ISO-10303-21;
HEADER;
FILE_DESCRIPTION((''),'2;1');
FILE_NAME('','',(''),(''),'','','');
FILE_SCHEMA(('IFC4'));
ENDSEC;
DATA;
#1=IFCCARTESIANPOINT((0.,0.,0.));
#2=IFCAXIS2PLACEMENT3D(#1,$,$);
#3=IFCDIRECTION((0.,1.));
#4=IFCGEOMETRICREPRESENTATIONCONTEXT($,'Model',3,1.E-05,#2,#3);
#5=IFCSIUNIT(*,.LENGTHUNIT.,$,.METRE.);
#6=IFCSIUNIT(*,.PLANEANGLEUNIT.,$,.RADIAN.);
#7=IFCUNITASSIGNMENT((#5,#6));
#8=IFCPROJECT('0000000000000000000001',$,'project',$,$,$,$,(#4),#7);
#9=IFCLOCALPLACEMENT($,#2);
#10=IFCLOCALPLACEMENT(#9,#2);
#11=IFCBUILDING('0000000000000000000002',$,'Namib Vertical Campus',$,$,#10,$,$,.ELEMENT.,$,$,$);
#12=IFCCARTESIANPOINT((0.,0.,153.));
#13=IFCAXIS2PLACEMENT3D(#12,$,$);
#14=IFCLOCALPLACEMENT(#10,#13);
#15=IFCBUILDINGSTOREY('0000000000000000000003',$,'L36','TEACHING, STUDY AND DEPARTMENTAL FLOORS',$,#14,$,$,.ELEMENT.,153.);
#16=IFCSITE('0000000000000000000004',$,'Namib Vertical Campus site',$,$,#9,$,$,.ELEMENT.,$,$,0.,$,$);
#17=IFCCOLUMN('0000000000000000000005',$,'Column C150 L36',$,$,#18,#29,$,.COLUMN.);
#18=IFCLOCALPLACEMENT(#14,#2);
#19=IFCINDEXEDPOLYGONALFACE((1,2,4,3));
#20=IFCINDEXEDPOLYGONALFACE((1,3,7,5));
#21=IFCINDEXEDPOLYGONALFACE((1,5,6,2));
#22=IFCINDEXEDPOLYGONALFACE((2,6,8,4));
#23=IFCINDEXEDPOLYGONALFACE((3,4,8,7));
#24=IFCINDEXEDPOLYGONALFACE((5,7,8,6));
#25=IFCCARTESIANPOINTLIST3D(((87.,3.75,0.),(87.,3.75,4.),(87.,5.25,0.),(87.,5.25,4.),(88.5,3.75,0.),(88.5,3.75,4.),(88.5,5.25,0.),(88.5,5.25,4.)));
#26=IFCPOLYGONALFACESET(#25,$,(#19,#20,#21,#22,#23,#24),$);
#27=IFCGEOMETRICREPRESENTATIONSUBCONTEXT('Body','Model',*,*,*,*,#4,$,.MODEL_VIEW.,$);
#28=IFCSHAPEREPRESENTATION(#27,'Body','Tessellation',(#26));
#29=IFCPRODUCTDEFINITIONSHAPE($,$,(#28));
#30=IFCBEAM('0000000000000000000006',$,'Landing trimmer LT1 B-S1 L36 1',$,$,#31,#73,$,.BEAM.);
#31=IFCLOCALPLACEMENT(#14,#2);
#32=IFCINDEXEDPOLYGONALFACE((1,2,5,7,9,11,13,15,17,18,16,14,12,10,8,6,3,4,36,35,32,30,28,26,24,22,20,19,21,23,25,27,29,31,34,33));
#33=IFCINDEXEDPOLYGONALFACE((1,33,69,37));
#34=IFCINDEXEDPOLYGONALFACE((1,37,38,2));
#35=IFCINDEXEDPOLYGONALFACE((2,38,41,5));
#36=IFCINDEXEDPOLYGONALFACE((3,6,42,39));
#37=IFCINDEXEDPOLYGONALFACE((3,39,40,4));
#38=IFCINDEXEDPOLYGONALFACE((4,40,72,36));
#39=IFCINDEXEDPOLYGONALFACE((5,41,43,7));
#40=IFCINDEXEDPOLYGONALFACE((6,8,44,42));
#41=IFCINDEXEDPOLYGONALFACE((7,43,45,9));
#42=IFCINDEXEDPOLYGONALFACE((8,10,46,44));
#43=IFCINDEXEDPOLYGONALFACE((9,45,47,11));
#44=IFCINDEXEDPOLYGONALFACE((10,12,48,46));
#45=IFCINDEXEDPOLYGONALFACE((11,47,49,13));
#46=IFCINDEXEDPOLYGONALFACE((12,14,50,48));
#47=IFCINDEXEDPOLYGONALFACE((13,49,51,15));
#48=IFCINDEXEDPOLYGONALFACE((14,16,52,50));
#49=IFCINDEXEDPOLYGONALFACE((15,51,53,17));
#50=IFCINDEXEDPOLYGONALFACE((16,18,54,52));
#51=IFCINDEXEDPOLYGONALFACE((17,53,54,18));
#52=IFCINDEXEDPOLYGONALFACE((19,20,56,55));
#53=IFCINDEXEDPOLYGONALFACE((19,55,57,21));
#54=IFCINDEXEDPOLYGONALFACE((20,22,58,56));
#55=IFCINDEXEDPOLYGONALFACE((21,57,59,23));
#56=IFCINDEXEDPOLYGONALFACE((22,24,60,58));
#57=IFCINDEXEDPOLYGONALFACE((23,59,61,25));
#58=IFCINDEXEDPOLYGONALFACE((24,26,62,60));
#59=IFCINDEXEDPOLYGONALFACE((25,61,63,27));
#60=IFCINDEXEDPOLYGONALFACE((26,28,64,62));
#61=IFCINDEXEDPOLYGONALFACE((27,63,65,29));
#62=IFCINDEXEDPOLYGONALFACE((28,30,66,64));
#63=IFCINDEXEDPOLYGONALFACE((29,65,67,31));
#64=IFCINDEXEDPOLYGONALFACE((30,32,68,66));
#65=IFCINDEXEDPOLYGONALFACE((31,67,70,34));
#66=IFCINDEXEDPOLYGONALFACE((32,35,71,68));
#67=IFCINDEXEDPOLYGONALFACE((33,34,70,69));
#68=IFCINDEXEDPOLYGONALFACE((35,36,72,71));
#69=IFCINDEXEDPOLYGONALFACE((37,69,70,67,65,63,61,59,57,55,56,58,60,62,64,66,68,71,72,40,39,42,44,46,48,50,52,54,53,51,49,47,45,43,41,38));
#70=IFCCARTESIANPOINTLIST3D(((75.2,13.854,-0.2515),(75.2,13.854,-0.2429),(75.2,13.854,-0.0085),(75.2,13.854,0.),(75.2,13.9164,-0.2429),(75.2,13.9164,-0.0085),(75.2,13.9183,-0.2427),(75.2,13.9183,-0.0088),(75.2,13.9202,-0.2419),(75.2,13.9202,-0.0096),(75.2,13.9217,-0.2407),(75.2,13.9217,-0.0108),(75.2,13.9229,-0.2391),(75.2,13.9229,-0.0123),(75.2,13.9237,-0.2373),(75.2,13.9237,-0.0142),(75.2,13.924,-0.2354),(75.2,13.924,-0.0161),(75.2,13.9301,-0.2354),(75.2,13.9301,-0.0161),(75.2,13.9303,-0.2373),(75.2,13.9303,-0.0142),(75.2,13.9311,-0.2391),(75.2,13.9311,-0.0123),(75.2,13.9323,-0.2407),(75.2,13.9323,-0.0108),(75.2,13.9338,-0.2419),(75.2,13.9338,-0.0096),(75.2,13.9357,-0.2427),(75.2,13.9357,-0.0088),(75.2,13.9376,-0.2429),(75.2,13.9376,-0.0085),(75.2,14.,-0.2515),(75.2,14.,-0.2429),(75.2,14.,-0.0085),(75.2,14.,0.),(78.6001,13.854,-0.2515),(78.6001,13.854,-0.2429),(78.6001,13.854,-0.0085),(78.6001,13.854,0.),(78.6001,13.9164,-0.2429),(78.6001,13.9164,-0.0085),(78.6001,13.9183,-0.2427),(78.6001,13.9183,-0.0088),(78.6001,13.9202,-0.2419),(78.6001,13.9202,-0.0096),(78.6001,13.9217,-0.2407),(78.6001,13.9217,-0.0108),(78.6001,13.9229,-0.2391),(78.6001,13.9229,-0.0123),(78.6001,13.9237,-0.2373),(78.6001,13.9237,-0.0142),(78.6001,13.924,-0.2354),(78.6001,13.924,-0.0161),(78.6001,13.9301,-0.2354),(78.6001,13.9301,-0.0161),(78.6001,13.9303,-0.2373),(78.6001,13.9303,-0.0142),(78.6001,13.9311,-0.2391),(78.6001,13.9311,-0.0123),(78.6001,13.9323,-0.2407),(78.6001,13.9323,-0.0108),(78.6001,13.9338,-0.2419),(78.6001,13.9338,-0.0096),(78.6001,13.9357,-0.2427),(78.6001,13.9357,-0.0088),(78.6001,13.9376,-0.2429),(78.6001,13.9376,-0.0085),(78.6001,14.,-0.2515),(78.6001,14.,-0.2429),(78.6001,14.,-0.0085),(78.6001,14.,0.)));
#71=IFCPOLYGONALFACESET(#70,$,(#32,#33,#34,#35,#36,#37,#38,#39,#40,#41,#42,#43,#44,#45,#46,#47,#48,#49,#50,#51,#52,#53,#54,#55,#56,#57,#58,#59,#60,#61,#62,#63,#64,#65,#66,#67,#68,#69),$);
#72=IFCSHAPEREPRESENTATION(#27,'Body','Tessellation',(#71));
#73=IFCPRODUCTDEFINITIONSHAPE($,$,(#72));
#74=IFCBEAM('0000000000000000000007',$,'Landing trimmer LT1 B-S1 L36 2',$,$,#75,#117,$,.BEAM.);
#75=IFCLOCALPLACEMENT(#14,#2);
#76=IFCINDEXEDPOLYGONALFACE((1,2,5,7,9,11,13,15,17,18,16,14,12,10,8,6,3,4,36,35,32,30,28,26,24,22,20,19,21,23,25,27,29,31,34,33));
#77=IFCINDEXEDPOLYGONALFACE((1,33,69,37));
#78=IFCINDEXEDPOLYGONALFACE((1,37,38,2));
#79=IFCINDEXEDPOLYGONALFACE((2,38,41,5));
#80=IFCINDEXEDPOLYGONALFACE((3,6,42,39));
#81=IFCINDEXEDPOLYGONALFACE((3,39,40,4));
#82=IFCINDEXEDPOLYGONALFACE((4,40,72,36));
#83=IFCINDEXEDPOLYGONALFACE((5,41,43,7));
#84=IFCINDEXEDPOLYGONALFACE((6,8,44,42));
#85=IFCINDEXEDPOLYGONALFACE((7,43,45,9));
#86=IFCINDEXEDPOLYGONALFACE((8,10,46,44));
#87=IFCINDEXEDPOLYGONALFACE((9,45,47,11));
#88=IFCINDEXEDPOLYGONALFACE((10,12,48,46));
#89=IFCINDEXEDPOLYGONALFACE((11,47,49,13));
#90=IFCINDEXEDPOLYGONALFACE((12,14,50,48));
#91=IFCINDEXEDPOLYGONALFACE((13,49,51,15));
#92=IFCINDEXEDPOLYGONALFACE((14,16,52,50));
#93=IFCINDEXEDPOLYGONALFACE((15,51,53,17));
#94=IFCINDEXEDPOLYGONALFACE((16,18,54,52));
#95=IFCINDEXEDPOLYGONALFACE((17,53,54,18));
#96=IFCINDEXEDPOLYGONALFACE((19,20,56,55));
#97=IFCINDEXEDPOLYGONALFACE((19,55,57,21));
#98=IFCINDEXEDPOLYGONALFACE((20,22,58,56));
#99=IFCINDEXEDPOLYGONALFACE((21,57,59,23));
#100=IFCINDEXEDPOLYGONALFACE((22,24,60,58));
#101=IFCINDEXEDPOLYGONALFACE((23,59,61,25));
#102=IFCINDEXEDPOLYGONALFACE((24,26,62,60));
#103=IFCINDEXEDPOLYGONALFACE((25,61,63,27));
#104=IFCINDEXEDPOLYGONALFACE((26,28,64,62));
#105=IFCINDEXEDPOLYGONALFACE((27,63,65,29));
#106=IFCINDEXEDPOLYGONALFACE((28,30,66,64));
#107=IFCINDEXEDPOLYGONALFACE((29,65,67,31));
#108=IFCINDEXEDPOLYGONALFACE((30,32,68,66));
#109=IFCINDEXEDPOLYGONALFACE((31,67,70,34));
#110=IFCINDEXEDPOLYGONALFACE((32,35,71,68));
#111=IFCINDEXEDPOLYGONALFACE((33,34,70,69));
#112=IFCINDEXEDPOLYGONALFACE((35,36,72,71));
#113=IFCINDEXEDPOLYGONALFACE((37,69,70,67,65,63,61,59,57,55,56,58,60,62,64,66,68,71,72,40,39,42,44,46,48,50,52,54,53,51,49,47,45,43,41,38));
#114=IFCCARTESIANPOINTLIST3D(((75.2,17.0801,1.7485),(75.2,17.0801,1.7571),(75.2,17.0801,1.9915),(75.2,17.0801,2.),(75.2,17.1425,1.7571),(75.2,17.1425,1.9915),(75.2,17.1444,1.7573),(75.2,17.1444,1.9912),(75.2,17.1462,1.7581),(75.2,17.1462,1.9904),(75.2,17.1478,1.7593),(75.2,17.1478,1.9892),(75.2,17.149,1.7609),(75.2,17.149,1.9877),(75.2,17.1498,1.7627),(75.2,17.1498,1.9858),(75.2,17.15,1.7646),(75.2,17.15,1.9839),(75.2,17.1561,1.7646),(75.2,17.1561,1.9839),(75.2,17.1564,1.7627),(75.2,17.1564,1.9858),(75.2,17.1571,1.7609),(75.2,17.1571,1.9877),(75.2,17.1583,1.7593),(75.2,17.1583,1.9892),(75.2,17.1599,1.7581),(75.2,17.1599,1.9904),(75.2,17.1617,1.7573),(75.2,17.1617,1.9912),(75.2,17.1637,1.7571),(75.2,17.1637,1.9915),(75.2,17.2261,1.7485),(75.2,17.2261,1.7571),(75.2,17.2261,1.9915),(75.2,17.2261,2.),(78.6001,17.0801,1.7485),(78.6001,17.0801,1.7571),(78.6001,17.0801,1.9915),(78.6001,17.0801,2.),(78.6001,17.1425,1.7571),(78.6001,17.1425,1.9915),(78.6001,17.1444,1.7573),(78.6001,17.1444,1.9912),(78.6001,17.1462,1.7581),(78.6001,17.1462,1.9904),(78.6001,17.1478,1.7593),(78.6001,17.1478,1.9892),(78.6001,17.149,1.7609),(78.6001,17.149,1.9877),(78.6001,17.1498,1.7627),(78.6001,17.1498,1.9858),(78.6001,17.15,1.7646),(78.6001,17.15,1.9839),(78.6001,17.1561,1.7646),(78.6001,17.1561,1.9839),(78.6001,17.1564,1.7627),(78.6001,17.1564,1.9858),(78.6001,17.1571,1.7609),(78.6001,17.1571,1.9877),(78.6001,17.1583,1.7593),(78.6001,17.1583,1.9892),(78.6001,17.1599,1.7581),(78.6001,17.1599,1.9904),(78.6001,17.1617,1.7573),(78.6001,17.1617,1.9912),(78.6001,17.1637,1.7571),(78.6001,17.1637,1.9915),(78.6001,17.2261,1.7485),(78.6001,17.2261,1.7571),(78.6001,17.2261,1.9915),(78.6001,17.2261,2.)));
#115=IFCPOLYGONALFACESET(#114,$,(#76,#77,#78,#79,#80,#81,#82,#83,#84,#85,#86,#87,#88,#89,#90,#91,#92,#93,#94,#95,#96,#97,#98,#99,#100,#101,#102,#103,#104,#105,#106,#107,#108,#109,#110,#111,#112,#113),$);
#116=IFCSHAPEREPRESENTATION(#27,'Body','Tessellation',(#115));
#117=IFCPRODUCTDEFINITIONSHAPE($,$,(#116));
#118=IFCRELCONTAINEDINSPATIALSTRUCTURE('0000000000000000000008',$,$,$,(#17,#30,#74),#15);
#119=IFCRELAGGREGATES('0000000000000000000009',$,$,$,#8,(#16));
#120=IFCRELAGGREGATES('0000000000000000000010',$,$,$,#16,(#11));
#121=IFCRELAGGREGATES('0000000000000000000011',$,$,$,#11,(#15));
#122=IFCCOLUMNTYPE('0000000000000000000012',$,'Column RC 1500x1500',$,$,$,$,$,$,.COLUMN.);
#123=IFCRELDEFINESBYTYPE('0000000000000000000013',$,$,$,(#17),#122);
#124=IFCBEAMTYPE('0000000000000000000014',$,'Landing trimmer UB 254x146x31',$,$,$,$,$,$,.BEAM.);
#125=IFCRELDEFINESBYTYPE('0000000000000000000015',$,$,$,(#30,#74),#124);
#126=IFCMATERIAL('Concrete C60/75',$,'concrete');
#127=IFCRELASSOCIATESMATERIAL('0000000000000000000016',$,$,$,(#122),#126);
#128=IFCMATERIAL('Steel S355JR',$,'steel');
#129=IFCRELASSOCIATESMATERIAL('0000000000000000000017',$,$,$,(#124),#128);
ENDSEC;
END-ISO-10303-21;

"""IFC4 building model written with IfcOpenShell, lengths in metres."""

from ifc_helpers import new_model, si_unit, direction, frame, origin, origin_2d, place, context, subcontext, project, spatial, rectangle, i_section, extrude, material, material_profile, profile_set, type_object, element, save


model = new_model("IFC4")

# Units and contexts
model_context = context("Model", 3, precision=1e-05, world=origin(), true_north=direction((0.0, 1.0)))
body_context = subcontext(model_context, "Body", "Model", "MODEL_VIEW")
ifc_project = project(units=[si_unit("LENGTHUNIT", "METRE"), si_unit("PLANEANGLEUNIT", "RADIAN")], contexts=[model_context])

# Site, building, storey
site_placement = place(None, origin())
site = spatial("IfcSite", under=ifc_project, at=site_placement, Name="Namib Vertical Campus site", CompositionType="ELEMENT", RefElevation=0.0)
building_placement = place(site_placement, origin())
building = spatial("IfcBuilding", under=site, at=building_placement, Name="Namib Vertical Campus", CompositionType="ELEMENT")
storey_placement = place(building_placement, frame((0.0, 0.0, 153.0)))
storey = spatial("IfcBuildingStorey", under=building, at=storey_placement, Name="L36", Description="TEACHING, STUDY AND DEPARTMENTAL FLOORS", CompositionType="ELEMENT", Elevation=153.0)

# Column
ifc_material_1 = material(Name="Concrete C60/75", Category="concrete")
ifc_material_profile_1 = material_profile(ifc_material_1, rectangle(XDim=1.5, YDim=1.5, at=origin_2d()))
ifc_profile_set_1 = profile_set([ifc_material_profile_1], Name="Concrete C60/75")
column_type = type_object("IfcColumnType", Name="Column RC 1500x1500", PredefinedType="COLUMN", material=ifc_profile_set_1)
column_placement = place(storey_placement, frame((87.75, 4.5, 0.0), z_axis=(0.0, 0.0, 1.0), x_axis=(1.0, 0.0, 0.0)))
element("IfcColumn", 1, at=column_placement, inside=storey, type_object=column_type, Name="Column C150 L36", PredefinedType="COLUMN", context=body_context, shape_type="SweptSolid", body=[
    extrude(rectangle(XDim=1.5, YDim=1.5, at=origin_2d()), origin(), (0.0, 0.0, 1.0), 4.0),
])

# Beams
ifc_material_2 = material(Name="Steel S355JR", Category="steel")
ifc_material_profile_2 = material_profile(ifc_material_2, i_section(OverallWidth=0.146, OverallDepth=0.2515, WebThickness=0.0061, FlangeThickness=0.0085, FilletRadius=0.0076, at=origin_2d()))
ifc_profile_set_2 = profile_set([ifc_material_profile_2], Name="Steel S355JR")
beam_type = type_object("IfcBeamType", Name="Landing trimmer UB 254x146x31", PredefinedType="BEAM", material=ifc_profile_set_2)
for number, where, z_axis, x_axis, name in (
    (2, (75.2, 13.927, -0.1257), (1.0, 0.0, 0.0), (0.0, 1.0, 0.0), "Landing trimmer LT1 B-S1 L36 1"),
    (3, (75.2, 17.1531, 1.8743), (1.0, 0.0, 0.0), (0.0, 1.0, 0.0), "Landing trimmer LT1 B-S1 L36 2"),
):
    element("IfcBeam", number, at=place(storey_placement, frame(where, z_axis=z_axis, x_axis=x_axis)), inside=storey, type_object=beam_type, Name=name, PredefinedType="BEAM", context=body_context, shape_type="SweptSolid", body=[
        extrude(i_section(OverallWidth=0.146, OverallDepth=0.2515, WebThickness=0.0061, FlangeThickness=0.0085, FilletRadius=0.0076, at=origin_2d()), origin(), (0.0, 0.0, 1.0), 3.4001),
    ])

save(model, "model.ifc")
